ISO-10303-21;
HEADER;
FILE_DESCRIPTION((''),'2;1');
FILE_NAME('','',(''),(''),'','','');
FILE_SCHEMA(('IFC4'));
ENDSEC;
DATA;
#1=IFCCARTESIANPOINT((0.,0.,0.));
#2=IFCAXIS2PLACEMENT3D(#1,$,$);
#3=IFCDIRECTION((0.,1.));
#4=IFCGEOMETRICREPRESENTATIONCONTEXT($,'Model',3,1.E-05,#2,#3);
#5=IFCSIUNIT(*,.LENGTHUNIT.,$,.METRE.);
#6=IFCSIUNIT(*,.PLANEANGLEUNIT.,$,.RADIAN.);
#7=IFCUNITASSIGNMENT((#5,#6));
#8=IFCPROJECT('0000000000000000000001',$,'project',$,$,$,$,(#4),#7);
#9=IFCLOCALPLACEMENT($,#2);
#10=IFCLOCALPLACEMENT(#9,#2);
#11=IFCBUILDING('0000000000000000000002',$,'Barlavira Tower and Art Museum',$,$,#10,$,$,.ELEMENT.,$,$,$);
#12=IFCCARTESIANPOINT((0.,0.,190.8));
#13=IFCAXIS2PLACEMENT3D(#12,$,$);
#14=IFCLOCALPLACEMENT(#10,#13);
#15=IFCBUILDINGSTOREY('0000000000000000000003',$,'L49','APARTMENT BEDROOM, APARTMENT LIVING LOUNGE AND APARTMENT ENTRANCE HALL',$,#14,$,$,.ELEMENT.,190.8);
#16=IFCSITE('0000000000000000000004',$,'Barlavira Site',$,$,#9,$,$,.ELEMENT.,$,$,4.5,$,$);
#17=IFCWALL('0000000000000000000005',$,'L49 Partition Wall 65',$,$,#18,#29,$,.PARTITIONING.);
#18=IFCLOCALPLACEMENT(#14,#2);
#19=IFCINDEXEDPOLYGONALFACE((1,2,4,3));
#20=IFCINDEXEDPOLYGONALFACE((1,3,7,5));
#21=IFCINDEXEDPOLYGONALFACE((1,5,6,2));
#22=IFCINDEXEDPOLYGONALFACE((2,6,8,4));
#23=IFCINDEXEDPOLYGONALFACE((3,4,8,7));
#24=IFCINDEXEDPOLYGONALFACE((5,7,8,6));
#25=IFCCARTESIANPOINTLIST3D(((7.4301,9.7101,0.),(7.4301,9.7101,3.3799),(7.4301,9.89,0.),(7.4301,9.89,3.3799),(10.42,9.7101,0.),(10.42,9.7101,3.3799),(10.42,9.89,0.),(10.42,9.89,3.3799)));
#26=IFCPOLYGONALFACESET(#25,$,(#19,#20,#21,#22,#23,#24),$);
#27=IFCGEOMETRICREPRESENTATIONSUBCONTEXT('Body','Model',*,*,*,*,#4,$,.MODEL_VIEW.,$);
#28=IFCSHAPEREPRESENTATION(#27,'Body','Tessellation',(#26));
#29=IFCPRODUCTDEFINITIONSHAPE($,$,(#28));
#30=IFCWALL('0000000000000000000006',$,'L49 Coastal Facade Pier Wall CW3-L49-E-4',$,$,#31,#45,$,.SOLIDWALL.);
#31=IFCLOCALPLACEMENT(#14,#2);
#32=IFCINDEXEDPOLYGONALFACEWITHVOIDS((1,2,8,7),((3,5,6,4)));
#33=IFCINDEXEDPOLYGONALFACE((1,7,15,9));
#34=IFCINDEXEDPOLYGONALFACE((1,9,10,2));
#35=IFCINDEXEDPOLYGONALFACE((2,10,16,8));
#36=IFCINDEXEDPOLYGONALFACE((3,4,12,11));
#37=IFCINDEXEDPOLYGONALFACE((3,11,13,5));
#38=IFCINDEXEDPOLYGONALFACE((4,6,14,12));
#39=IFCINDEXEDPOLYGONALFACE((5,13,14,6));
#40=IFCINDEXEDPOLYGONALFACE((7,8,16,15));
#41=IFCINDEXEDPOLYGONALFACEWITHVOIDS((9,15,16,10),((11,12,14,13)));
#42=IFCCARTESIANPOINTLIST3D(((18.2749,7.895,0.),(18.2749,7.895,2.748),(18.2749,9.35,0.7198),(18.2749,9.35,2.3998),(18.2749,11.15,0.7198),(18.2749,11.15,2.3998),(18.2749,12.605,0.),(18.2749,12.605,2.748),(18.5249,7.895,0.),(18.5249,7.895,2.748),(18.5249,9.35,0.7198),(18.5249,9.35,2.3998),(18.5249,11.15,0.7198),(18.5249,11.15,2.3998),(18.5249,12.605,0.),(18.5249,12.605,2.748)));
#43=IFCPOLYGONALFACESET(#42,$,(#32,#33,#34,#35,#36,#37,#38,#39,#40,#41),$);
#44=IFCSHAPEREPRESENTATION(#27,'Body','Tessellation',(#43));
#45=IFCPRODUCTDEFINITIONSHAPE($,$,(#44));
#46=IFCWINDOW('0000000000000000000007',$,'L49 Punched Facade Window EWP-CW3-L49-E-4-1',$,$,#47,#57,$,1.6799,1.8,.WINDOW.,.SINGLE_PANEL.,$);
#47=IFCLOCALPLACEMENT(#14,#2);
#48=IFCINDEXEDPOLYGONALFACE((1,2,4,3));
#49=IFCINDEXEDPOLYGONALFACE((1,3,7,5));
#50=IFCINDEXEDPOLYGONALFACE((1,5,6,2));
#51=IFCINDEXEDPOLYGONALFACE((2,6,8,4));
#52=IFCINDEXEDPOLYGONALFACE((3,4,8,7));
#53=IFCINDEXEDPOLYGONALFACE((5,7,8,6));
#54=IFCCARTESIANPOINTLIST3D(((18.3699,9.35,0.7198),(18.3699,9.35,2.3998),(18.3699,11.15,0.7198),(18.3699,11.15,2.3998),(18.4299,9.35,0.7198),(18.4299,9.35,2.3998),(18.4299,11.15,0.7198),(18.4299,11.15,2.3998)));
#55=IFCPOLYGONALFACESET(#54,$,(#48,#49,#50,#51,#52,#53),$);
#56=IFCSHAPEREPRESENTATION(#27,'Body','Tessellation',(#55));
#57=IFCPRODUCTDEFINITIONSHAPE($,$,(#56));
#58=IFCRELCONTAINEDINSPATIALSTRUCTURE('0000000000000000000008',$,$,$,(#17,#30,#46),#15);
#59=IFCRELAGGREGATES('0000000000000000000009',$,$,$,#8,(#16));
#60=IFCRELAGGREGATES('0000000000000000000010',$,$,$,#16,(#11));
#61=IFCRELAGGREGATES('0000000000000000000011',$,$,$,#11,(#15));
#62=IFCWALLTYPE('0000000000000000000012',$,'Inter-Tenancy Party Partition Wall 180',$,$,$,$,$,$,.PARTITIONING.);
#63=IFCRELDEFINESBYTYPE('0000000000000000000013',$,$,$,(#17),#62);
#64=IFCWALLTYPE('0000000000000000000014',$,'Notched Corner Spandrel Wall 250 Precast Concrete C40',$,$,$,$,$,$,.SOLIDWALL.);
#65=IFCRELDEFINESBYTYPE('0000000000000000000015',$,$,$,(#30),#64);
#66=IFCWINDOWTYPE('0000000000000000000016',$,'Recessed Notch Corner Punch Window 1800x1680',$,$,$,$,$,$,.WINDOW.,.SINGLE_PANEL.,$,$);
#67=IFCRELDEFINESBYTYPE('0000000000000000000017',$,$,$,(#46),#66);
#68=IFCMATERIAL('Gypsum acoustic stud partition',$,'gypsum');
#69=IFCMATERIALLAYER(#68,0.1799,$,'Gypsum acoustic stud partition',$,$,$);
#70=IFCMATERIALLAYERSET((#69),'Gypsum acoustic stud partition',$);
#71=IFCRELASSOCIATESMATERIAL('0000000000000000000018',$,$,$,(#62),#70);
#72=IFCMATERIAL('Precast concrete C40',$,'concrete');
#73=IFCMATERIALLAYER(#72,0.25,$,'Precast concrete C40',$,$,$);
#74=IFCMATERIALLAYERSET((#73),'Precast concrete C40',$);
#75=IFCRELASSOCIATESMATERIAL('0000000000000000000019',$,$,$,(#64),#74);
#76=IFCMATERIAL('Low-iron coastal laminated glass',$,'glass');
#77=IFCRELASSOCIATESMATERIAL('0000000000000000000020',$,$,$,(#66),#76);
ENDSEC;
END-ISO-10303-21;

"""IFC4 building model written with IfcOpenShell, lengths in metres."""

from ifc_helpers import new_model, si_unit, direction, frame, frame_2d, origin, place, context, subcontext, project, spatial, rectangle, extrude, material, layer, layer_set, type_object, element, fill, save


model = new_model("IFC4")

# Units and contexts
model_context = context("Model", 3, precision=1e-05, world=origin(), true_north=direction((0.0, 1.0)))
body_context = subcontext(model_context, "Body", "Model", "MODEL_VIEW")
ifc_project = project(units=[si_unit("LENGTHUNIT", "METRE"), si_unit("PLANEANGLEUNIT", "RADIAN")], contexts=[model_context])

# Site, building, storey
site_placement = place(None, origin())
site = spatial("IfcSite", under=ifc_project, at=site_placement, Name="Barlavira Site", CompositionType="ELEMENT", RefElevation=4.5)
building_placement = place(site_placement, origin())
building = spatial("IfcBuilding", under=site, at=building_placement, Name="Barlavira Tower and Art Museum", CompositionType="ELEMENT")
storey_placement = place(building_placement, frame((0.0, 0.0, 190.8)))
storey = spatial("IfcBuildingStorey", under=building, at=storey_placement, Name="L49", Description="APARTMENT BEDROOM, APARTMENT LIVING LOUNGE AND APARTMENT ENTRANCE HALL", CompositionType="ELEMENT", Elevation=190.8)

# Shared definitions
ifc_material_1 = material(Name="Low-iron coastal laminated glass", Category="glass")

# Shared definitions
ifc_material_2 = material(Name="Gypsum acoustic stud partition", Category="gypsum")

# Wall
ifc_layer_1 = layer(ifc_material_2, 0.1799, Name="Gypsum acoustic stud partition")
ifc_layer_set_1 = layer_set([ifc_layer_1], Name="Gypsum acoustic stud partition")
wall_type_1 = type_object("IfcWallType", Name="Inter-Tenancy Party Partition Wall 180", PredefinedType="PARTITIONING", material=ifc_layer_set_1)
wall_1_placement = place(storey_placement, frame((7.4299, 9.8, 0.0), z_axis=(0.0, 0.0, 1.0), x_axis=(1.0, 0.0, 0.0)))
element("IfcWall", 1, at=wall_1_placement, inside=storey, type_object=wall_type_1, Name="L49 Partition Wall 65", PredefinedType="PARTITIONING", context=body_context, shape_type="SweptSolid", body=[
    extrude(rectangle(XDim=2.99, YDim=0.1799, at=frame_2d((1.4951, 0.0))), origin(), (0.0, 0.0, 1.0), 3.3799),
])

# Wall, opening, window
ifc_material_3 = material(Name="Precast concrete C40", Category="concrete")
ifc_layer_2 = layer(ifc_material_3, 0.25, Name="Precast concrete C40")
ifc_layer_set_2 = layer_set([ifc_layer_2], Name="Precast concrete C40")
wall_type_2 = type_object("IfcWallType", Name="Notched Corner Spandrel Wall 250 Precast Concrete C40", PredefinedType="SOLIDWALL", material=ifc_layer_set_2)
wall_2_placement = place(storey_placement, frame((18.3999, 7.895, 0.0), z_axis=(0.0, 0.0, 1.0), x_axis=(0.0, 1.0, 0.0)))
wall_2 = element("IfcWall", 2, at=wall_2_placement, inside=storey, type_object=wall_type_2, Name="L49 Coastal Facade Pier Wall CW3-L49-E-4", PredefinedType="SOLIDWALL", context=body_context, shape_type="SweptSolid", body=[
    extrude(rectangle(XDim=4.71, YDim=0.25, at=frame_2d((2.355, 0.0))), origin(), (0.0, 0.0, 1.0), 2.748),
])
opening_1_placement = place(wall_2_placement, frame((1.4551, 0.0, 0.72)))
opening_1 = element("IfcOpeningElement", 3, at=opening_1_placement, cuts=wall_2, PredefinedType="OPENING", context=body_context, shape_type="SweptSolid", body=[
    extrude(rectangle(XDim=1.8, YDim=1.6799, at=frame_2d((0.8999, 0.8398))), frame((0.0, 0.135, 0.0), z_axis=(0.0, -1.0, 0.0), x_axis=(1.0, 0.0, 0.0)), (0.0, 0.0, 1.0), 0.27),
])
window_type = type_object("IfcWindowType", Name="Recessed Notch Corner Punch Window 1800x1680", PartitioningType="SINGLE_PANEL", PredefinedType="WINDOW", material=ifc_material_1)
window_placement = place(opening_1_placement, origin())
window = element("IfcWindow", 4, at=window_placement, inside=storey, type_object=window_type, Name="L49 Punched Facade Window EWP-CW3-L49-E-4-1", OverallHeight=1.6799, OverallWidth=1.8, PartitioningType="SINGLE_PANEL", PredefinedType="WINDOW", context=body_context, shape_type="SweptSolid", body=[
    extrude(rectangle(XDim=1.8, YDim=1.6799, at=frame_2d((0.8999, 0.8398))), frame((0.0, 0.03, 0.0), z_axis=(0.0, -1.0, 0.0), x_axis=(1.0, 0.0, 0.0)), (0.0, 0.0, 1.0), 0.0601),
])
fill(opening_1, window)

save(model, "model.ifc")
